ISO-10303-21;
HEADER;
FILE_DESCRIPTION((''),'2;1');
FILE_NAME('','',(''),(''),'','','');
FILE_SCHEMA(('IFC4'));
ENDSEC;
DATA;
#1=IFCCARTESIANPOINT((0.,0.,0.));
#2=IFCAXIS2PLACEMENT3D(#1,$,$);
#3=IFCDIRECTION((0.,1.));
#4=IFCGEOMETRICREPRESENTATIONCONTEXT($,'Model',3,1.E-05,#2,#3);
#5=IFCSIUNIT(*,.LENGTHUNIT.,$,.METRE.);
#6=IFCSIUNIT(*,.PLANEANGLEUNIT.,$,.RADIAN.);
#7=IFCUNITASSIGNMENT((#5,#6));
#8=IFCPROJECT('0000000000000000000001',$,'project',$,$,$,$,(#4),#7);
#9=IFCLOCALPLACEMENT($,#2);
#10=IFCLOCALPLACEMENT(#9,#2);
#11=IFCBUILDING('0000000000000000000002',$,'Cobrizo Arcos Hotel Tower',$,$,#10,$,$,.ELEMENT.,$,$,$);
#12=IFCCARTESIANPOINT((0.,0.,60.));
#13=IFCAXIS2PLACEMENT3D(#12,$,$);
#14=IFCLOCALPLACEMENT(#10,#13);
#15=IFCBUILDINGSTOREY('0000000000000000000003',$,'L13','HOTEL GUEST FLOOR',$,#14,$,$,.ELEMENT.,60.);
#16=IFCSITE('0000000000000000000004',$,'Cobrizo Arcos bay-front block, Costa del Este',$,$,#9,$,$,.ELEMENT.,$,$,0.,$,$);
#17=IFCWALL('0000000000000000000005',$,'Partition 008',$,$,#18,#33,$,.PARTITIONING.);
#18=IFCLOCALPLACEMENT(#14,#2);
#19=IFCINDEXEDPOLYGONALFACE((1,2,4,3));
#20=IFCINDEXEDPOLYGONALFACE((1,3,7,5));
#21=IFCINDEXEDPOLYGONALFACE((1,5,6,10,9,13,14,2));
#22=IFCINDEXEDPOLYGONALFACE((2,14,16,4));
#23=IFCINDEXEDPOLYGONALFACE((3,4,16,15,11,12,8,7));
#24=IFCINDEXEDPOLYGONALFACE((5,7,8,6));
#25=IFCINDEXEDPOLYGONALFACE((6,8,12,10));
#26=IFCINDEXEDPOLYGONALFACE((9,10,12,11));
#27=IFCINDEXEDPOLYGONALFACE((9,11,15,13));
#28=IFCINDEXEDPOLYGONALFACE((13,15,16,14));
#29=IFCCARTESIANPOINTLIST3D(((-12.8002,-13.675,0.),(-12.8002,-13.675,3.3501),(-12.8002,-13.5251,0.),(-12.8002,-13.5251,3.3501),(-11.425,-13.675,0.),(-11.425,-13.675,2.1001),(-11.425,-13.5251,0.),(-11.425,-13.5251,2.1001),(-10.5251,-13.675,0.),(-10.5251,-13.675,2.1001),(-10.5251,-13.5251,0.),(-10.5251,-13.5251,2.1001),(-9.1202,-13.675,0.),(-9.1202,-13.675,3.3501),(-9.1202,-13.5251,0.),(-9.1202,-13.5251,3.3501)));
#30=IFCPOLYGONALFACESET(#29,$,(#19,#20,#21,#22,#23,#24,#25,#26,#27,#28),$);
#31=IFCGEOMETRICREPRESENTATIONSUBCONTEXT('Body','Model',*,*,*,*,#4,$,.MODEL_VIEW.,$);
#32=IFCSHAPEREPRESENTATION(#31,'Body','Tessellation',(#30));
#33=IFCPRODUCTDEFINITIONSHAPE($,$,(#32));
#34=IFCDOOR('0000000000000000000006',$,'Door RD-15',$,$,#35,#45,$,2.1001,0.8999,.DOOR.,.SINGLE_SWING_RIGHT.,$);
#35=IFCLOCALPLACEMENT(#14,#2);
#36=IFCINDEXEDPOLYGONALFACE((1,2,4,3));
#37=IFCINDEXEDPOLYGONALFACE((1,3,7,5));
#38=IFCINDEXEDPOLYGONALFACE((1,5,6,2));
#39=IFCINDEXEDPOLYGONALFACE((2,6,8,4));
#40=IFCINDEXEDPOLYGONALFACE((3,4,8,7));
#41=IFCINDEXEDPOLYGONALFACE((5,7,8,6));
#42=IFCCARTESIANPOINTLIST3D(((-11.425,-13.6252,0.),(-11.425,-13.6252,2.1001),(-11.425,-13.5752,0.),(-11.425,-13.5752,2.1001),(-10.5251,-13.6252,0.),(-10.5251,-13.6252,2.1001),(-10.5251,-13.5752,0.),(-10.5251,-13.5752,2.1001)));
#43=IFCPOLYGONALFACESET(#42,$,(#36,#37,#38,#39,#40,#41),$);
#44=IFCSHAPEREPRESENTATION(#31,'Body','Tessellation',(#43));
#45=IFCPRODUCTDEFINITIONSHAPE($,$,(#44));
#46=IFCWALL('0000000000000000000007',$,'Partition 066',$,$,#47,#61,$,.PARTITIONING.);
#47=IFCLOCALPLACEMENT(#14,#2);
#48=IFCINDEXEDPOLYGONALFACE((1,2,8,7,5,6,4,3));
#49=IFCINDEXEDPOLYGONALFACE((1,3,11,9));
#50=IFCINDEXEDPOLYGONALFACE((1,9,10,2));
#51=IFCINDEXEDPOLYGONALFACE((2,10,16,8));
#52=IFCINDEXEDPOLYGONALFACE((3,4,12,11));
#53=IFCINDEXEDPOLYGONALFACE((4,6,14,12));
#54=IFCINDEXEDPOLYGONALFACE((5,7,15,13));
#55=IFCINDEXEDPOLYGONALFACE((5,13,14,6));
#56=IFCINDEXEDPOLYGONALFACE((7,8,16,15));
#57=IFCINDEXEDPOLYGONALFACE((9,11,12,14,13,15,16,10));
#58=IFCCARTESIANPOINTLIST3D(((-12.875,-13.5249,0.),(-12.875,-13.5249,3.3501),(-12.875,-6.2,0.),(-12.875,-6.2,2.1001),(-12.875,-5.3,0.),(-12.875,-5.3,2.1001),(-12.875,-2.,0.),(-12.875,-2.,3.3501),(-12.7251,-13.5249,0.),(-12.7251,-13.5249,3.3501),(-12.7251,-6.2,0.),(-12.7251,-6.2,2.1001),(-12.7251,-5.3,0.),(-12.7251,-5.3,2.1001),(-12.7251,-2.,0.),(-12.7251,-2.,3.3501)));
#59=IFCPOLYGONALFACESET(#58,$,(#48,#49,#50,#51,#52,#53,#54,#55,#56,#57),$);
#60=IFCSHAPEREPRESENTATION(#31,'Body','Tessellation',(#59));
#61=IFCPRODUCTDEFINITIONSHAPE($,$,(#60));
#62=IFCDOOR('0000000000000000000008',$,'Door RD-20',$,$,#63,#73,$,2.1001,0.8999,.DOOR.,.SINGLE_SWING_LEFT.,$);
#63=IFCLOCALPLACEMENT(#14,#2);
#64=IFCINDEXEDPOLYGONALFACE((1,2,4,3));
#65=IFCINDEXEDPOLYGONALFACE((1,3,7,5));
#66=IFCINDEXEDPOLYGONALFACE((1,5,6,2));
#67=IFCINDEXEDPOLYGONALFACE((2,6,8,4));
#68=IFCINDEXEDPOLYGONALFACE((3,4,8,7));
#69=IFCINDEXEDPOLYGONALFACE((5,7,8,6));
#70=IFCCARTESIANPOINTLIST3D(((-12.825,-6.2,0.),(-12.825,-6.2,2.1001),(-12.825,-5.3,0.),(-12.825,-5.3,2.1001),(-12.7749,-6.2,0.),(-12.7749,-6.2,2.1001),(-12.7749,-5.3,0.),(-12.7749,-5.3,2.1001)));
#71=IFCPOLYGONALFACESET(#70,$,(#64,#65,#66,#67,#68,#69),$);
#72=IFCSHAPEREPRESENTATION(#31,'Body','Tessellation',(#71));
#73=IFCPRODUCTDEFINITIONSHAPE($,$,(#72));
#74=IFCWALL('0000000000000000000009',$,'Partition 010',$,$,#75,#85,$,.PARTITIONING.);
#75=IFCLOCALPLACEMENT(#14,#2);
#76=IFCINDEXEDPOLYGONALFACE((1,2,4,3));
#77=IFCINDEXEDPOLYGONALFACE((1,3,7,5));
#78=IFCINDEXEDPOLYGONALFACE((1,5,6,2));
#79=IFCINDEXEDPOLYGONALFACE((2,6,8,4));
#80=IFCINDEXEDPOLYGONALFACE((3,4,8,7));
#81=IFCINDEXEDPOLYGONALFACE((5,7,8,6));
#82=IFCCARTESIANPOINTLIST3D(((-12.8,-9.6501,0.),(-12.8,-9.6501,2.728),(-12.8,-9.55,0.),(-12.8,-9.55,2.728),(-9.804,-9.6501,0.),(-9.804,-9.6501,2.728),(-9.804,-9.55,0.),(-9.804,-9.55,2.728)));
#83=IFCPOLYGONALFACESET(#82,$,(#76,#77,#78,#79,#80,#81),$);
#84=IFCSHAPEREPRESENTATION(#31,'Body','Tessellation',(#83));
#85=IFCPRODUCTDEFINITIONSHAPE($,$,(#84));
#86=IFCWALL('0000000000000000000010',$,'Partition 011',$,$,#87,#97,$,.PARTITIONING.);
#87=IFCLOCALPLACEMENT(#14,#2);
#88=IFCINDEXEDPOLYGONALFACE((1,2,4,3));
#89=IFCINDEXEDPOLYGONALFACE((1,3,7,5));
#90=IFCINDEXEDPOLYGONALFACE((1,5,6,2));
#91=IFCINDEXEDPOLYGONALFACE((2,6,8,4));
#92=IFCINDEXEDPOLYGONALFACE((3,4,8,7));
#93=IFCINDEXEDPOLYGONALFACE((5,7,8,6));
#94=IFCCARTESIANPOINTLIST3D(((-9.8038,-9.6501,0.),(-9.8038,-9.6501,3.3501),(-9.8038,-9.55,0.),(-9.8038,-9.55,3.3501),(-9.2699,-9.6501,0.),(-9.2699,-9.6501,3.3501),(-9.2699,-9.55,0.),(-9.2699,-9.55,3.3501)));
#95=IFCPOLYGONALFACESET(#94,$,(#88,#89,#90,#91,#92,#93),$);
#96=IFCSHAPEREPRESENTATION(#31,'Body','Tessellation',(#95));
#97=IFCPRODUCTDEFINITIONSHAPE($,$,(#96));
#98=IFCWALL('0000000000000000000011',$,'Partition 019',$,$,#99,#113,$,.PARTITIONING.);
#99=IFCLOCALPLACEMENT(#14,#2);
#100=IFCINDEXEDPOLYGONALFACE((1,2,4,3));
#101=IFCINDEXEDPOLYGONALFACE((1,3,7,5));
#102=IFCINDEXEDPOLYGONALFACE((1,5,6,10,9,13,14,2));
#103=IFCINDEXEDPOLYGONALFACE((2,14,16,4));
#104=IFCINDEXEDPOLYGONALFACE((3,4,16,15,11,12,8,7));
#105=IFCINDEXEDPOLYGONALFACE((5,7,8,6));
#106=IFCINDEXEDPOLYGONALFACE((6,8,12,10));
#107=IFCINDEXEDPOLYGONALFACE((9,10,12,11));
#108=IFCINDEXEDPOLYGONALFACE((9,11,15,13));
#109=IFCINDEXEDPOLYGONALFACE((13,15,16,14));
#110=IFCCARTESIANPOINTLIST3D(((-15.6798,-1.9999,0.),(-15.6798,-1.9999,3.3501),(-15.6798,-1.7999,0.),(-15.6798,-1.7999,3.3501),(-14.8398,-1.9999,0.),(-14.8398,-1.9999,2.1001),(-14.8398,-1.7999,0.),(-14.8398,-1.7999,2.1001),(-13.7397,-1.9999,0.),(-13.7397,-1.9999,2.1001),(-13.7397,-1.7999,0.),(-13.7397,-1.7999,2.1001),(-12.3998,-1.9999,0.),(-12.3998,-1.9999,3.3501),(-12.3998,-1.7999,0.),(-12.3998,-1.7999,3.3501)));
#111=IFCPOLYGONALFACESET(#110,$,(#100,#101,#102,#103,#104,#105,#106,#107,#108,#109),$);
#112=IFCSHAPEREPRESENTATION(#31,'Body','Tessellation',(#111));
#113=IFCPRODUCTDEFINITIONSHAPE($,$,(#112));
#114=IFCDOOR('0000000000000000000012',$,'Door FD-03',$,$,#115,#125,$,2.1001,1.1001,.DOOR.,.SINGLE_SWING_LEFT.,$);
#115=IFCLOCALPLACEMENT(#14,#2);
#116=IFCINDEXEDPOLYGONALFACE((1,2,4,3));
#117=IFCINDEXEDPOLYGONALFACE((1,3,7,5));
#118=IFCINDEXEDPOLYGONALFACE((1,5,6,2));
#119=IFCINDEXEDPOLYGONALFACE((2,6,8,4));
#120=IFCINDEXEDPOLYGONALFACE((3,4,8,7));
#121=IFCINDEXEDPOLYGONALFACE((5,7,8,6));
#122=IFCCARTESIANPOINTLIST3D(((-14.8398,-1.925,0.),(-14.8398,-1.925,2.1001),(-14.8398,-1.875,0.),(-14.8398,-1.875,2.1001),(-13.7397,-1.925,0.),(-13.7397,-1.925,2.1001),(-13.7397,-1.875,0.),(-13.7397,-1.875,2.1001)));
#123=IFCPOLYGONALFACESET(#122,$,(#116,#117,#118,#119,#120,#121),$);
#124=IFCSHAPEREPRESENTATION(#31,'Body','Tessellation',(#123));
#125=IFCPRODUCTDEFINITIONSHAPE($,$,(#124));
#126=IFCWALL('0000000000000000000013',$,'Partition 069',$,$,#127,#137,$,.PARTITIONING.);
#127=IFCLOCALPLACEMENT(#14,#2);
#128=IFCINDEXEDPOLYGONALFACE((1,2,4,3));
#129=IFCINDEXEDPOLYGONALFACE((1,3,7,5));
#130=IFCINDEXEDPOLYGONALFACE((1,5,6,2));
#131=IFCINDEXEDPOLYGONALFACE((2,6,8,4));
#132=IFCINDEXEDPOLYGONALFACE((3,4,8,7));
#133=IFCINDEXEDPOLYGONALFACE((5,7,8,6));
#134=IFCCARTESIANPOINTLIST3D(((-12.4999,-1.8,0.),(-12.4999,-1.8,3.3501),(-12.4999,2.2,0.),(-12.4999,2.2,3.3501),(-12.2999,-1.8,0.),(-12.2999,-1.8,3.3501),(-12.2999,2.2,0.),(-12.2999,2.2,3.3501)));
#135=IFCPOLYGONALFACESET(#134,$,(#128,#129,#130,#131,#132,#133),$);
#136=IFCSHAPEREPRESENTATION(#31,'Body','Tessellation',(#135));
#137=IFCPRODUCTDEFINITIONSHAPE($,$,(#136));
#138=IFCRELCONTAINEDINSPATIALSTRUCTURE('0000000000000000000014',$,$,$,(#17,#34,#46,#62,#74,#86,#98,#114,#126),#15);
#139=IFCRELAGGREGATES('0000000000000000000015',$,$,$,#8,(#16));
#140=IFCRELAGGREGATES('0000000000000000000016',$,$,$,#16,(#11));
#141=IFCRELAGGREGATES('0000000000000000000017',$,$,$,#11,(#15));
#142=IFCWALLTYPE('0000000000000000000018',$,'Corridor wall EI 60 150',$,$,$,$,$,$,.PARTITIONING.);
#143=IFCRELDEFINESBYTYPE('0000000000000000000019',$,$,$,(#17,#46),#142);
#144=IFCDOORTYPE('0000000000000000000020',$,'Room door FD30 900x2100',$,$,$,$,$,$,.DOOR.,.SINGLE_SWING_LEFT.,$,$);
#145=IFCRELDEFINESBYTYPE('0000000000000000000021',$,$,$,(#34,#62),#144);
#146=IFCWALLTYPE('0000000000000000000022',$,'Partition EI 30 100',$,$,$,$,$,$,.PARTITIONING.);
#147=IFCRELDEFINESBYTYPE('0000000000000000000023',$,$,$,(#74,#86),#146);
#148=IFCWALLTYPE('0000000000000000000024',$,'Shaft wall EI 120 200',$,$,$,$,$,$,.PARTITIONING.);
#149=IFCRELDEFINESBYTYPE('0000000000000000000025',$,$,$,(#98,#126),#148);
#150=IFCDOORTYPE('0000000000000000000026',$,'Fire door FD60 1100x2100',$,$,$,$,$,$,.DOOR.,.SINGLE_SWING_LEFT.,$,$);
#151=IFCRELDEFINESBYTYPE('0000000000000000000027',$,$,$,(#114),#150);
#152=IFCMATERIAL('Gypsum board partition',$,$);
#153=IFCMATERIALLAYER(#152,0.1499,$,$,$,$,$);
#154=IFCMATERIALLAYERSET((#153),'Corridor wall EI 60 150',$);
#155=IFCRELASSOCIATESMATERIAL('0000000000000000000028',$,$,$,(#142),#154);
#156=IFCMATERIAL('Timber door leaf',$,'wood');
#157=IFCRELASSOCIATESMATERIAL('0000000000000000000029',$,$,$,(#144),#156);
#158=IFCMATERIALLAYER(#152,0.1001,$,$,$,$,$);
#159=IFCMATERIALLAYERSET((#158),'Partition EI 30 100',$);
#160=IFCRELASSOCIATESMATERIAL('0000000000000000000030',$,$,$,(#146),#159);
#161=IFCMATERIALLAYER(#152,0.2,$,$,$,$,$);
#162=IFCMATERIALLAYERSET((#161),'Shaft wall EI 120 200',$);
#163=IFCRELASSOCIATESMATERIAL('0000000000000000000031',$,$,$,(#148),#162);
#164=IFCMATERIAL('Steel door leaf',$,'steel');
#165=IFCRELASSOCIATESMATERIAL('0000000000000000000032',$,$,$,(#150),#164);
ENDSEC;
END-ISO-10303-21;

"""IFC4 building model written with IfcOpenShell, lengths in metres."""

from ifc_helpers import new_model, si_unit, direction, frame, frame_2d, origin, place, context, subcontext, project, spatial, rectangle, extrude, material, layer, layer_set, type_object, element, fill, save


model = new_model("IFC4")

# Units and contexts
model_context = context("Model", 3, precision=1e-05, world=origin(), true_north=direction((0.0, 1.0)))
body_context = subcontext(model_context, "Body", "Model", "MODEL_VIEW")
ifc_project = project(units=[si_unit("LENGTHUNIT", "METRE"), si_unit("PLANEANGLEUNIT", "RADIAN")], contexts=[model_context])

# Site, building, storey
site_placement = place(None, origin())
site = spatial("IfcSite", under=ifc_project, at=site_placement, Name="Cobrizo Arcos bay-front block, Costa del Este", CompositionType="ELEMENT", RefElevation=0.0)
building_placement = place(site_placement, origin())
building = spatial("IfcBuilding", under=site, at=building_placement, Name="Cobrizo Arcos Hotel Tower", CompositionType="ELEMENT")
storey_placement = place(building_placement, frame((0.0, 0.0, 60.0)))
storey = spatial("IfcBuildingStorey", under=building, at=storey_placement, Name="L13", Description="HOTEL GUEST FLOOR", CompositionType="ELEMENT", Elevation=60.0)

# Walls, openings, doors
ifc_material_1 = material(Name="Gypsum board partition")
ifc_layer_1 = layer(ifc_material_1, 0.1499)
ifc_layer_set_1 = layer_set([ifc_layer_1], Name="Corridor wall EI 60 150")
wall_type_1 = type_object("IfcWallType", Name="Corridor wall EI 60 150", PredefinedType="PARTITIONING", material=ifc_layer_set_1)
wall_1_placement = place(storey_placement, frame((-12.8, -13.6001, 0.0), z_axis=(0.0, 0.0, 1.0), x_axis=(1.0, 0.0, 0.0)))
wall_1 = element("IfcWall", 1, at=wall_1_placement, inside=storey, type_object=wall_type_1, Name="Partition 008", PredefinedType="PARTITIONING", context=body_context, shape_type="SweptSolid", body=[
    extrude(rectangle(XDim=3.6799, YDim=0.1499, at=frame_2d((1.8398, 0.0))), origin(), (0.0, 0.0, 1.0), 3.3501),
])
opening_1_placement = place(wall_1_placement, frame((1.375, 0.0, 0.0)))
opening_1 = element("IfcOpeningElement", 2, at=opening_1_placement, cuts=wall_1, PredefinedType="OPENING", context=body_context, shape_type="SweptSolid", body=[
    extrude(rectangle(XDim=0.8999, YDim=2.1001, at=frame_2d((0.45, 1.05))), frame((0.0, 0.0869, 0.0), z_axis=(0.0, -1.0, 0.0), x_axis=(1.0, 0.0, 0.0)), (0.0, 0.0, 1.0), 0.1738),
])
ifc_material_2 = material(Name="Timber door leaf", Category="wood")
door_type_1 = type_object("IfcDoorType", Name="Room door FD30 900x2100", OperationType="SINGLE_SWING_LEFT", PredefinedType="DOOR", material=ifc_material_2)
door_1_placement = place(opening_1_placement, origin())
door_1 = element("IfcDoor", 3, at=door_1_placement, inside=storey, type_object=door_type_1, Name="Door RD-15", OperationType="SINGLE_SWING_RIGHT", OverallHeight=2.1001, OverallWidth=0.8999, PredefinedType="DOOR", context=body_context, shape_type="SweptSolid", body=[
    extrude(rectangle(XDim=0.8999, YDim=2.1001, at=frame_2d((0.45, 1.05))), frame((0.0, 0.0249, 0.0), z_axis=(0.0, -1.0, 0.0), x_axis=(1.0, 0.0, 0.0)), (0.0, 0.0, 1.0), 0.05),
])
fill(opening_1, door_1)
wall_2_placement = place(storey_placement, frame((-12.8, -13.5249, 0.0), z_axis=(0.0, 0.0, 1.0), x_axis=(0.0, 1.0, 0.0)))
wall_2 = element("IfcWall", 4, at=wall_2_placement, inside=storey, type_object=wall_type_1, Name="Partition 066", PredefinedType="PARTITIONING", context=body_context, shape_type="SweptSolid", body=[
    extrude(rectangle(XDim=11.5249, YDim=0.1499, at=frame_2d((5.7625, 0.0))), origin(), (0.0, 0.0, 1.0), 3.3501),
])
opening_2_placement = place(wall_2_placement, frame((7.325, 0.0, 0.0)))
opening_2 = element("IfcOpeningElement", 5, at=opening_2_placement, cuts=wall_2, PredefinedType="OPENING", context=body_context, shape_type="SweptSolid", body=[
    extrude(rectangle(XDim=0.8999, YDim=2.1001, at=frame_2d((0.45, 1.05))), frame((0.0, 0.0869, 0.0), z_axis=(0.0, -1.0, 0.0), x_axis=(1.0, 0.0, 0.0)), (0.0, 0.0, 1.0), 0.1738),
])
door_2_placement = place(opening_2_placement, origin())
door_2 = element("IfcDoor", 6, at=door_2_placement, inside=storey, type_object=door_type_1, Name="Door RD-20", OperationType="SINGLE_SWING_LEFT", OverallHeight=2.1001, OverallWidth=0.8999, PredefinedType="DOOR", context=body_context, shape_type="SweptSolid", body=[
    extrude(rectangle(XDim=0.8999, YDim=2.1001, at=frame_2d((0.45, 1.05))), frame((0.0, 0.0249, 0.0), z_axis=(0.0, -1.0, 0.0), x_axis=(1.0, 0.0, 0.0)), (0.0, 0.0, 1.0), 0.05),
])
fill(opening_2, door_2)

# Walls
ifc_layer_2 = layer(ifc_material_1, 0.1001)
ifc_layer_set_2 = layer_set([ifc_layer_2], Name="Partition EI 30 100")
wall_type_2 = type_object("IfcWallType", Name="Partition EI 30 100", PredefinedType="PARTITIONING", material=ifc_layer_set_2)
wall_3_placement = place(storey_placement, frame((-12.8, -9.6001, 0.0), z_axis=(0.0, 0.0, 1.0), x_axis=(1.0, 0.0, 0.0)))
element("IfcWall", 7, at=wall_3_placement, inside=storey, type_object=wall_type_2, Name="Partition 010", PredefinedType="PARTITIONING", context=body_context, shape_type="SweptSolid", body=[
    extrude(rectangle(XDim=2.9961, YDim=0.1001, at=frame_2d((1.498, 0.0))), origin(), (0.0, 0.0, 1.0), 2.728),
])
wall_4_placement = place(storey_placement, frame((-9.804, -9.6001, 0.0), z_axis=(0.0, 0.0, 1.0), x_axis=(1.0, 0.0, 0.0)))
element("IfcWall", 8, at=wall_4_placement, inside=storey, type_object=wall_type_2, Name="Partition 011", PredefinedType="PARTITIONING", context=body_context, shape_type="SweptSolid", body=[
    extrude(rectangle(XDim=0.5339, YDim=0.1001, at=frame_2d((0.2671, 0.0))), origin(), (0.0, 0.0, 1.0), 3.3501),
])

# Wall, opening, door
ifc_layer_3 = layer(ifc_material_1, 0.2)
ifc_layer_set_3 = layer_set([ifc_layer_3], Name="Shaft wall EI 120 200")
wall_type_3 = type_object("IfcWallType", Name="Shaft wall EI 120 200", PredefinedType="PARTITIONING", material=ifc_layer_set_3)
wall_5_placement = place(storey_placement, frame((-15.6799, -1.8999, 0.0), z_axis=(0.0, 0.0, 1.0), x_axis=(1.0, 0.0, 0.0)))
wall_5 = element("IfcWall", 9, at=wall_5_placement, inside=storey, type_object=wall_type_3, Name="Partition 019", PredefinedType="PARTITIONING", context=body_context, shape_type="SweptSolid", body=[
    extrude(rectangle(XDim=3.28, YDim=0.2, at=frame_2d((1.6401, 0.0))), origin(), (0.0, 0.0, 1.0), 3.3501),
])
opening_3_placement = place(wall_5_placement, frame((0.8401, 0.0, 0.0)))
opening_3 = element("IfcOpeningElement", 10, at=opening_3_placement, cuts=wall_5, PredefinedType="OPENING", context=body_context, shape_type="SweptSolid", body=[
    extrude(rectangle(XDim=1.1001, YDim=2.1001, at=frame_2d((0.55, 1.05))), frame((0.0, 0.1121, 0.0), z_axis=(0.0, -1.0, 0.0), x_axis=(1.0, 0.0, 0.0)), (0.0, 0.0, 1.0), 0.2239),
])
ifc_material_3 = material(Name="Steel door leaf", Category="steel")
door_type_2 = type_object("IfcDoorType", Name="Fire door FD60 1100x2100", OperationType="SINGLE_SWING_LEFT", PredefinedType="DOOR", material=ifc_material_3)
door_3_placement = place(opening_3_placement, origin())
door_3 = element("IfcDoor", 11, at=door_3_placement, inside=storey, type_object=door_type_2, Name="Door FD-03", OperationType="SINGLE_SWING_LEFT", OverallHeight=2.1001, OverallWidth=1.1001, PredefinedType="DOOR", context=body_context, shape_type="SweptSolid", body=[
    extrude(rectangle(XDim=1.1001, YDim=2.1001, at=frame_2d((0.55, 1.05))), frame((0.0, 0.0249, 0.0), z_axis=(0.0, -1.0, 0.0), x_axis=(1.0, 0.0, 0.0)), (0.0, 0.0, 1.0), 0.05),
])
fill(opening_3, door_3)

# Wall
wall_6_placement = place(storey_placement, frame((-12.3999, -1.8, 0.0), z_axis=(0.0, 0.0, 1.0), x_axis=(0.0, 1.0, 0.0)))
element("IfcWall", 12, at=wall_6_placement, inside=storey, type_object=wall_type_3, Name="Partition 069", PredefinedType="PARTITIONING", context=body_context, shape_type="SweptSolid", body=[
    extrude(rectangle(XDim=4.0, YDim=0.2, at=frame_2d((2.0, 0.0))), origin(), (0.0, 0.0, 1.0), 3.3501),
])

save(model, "model.ifc")
